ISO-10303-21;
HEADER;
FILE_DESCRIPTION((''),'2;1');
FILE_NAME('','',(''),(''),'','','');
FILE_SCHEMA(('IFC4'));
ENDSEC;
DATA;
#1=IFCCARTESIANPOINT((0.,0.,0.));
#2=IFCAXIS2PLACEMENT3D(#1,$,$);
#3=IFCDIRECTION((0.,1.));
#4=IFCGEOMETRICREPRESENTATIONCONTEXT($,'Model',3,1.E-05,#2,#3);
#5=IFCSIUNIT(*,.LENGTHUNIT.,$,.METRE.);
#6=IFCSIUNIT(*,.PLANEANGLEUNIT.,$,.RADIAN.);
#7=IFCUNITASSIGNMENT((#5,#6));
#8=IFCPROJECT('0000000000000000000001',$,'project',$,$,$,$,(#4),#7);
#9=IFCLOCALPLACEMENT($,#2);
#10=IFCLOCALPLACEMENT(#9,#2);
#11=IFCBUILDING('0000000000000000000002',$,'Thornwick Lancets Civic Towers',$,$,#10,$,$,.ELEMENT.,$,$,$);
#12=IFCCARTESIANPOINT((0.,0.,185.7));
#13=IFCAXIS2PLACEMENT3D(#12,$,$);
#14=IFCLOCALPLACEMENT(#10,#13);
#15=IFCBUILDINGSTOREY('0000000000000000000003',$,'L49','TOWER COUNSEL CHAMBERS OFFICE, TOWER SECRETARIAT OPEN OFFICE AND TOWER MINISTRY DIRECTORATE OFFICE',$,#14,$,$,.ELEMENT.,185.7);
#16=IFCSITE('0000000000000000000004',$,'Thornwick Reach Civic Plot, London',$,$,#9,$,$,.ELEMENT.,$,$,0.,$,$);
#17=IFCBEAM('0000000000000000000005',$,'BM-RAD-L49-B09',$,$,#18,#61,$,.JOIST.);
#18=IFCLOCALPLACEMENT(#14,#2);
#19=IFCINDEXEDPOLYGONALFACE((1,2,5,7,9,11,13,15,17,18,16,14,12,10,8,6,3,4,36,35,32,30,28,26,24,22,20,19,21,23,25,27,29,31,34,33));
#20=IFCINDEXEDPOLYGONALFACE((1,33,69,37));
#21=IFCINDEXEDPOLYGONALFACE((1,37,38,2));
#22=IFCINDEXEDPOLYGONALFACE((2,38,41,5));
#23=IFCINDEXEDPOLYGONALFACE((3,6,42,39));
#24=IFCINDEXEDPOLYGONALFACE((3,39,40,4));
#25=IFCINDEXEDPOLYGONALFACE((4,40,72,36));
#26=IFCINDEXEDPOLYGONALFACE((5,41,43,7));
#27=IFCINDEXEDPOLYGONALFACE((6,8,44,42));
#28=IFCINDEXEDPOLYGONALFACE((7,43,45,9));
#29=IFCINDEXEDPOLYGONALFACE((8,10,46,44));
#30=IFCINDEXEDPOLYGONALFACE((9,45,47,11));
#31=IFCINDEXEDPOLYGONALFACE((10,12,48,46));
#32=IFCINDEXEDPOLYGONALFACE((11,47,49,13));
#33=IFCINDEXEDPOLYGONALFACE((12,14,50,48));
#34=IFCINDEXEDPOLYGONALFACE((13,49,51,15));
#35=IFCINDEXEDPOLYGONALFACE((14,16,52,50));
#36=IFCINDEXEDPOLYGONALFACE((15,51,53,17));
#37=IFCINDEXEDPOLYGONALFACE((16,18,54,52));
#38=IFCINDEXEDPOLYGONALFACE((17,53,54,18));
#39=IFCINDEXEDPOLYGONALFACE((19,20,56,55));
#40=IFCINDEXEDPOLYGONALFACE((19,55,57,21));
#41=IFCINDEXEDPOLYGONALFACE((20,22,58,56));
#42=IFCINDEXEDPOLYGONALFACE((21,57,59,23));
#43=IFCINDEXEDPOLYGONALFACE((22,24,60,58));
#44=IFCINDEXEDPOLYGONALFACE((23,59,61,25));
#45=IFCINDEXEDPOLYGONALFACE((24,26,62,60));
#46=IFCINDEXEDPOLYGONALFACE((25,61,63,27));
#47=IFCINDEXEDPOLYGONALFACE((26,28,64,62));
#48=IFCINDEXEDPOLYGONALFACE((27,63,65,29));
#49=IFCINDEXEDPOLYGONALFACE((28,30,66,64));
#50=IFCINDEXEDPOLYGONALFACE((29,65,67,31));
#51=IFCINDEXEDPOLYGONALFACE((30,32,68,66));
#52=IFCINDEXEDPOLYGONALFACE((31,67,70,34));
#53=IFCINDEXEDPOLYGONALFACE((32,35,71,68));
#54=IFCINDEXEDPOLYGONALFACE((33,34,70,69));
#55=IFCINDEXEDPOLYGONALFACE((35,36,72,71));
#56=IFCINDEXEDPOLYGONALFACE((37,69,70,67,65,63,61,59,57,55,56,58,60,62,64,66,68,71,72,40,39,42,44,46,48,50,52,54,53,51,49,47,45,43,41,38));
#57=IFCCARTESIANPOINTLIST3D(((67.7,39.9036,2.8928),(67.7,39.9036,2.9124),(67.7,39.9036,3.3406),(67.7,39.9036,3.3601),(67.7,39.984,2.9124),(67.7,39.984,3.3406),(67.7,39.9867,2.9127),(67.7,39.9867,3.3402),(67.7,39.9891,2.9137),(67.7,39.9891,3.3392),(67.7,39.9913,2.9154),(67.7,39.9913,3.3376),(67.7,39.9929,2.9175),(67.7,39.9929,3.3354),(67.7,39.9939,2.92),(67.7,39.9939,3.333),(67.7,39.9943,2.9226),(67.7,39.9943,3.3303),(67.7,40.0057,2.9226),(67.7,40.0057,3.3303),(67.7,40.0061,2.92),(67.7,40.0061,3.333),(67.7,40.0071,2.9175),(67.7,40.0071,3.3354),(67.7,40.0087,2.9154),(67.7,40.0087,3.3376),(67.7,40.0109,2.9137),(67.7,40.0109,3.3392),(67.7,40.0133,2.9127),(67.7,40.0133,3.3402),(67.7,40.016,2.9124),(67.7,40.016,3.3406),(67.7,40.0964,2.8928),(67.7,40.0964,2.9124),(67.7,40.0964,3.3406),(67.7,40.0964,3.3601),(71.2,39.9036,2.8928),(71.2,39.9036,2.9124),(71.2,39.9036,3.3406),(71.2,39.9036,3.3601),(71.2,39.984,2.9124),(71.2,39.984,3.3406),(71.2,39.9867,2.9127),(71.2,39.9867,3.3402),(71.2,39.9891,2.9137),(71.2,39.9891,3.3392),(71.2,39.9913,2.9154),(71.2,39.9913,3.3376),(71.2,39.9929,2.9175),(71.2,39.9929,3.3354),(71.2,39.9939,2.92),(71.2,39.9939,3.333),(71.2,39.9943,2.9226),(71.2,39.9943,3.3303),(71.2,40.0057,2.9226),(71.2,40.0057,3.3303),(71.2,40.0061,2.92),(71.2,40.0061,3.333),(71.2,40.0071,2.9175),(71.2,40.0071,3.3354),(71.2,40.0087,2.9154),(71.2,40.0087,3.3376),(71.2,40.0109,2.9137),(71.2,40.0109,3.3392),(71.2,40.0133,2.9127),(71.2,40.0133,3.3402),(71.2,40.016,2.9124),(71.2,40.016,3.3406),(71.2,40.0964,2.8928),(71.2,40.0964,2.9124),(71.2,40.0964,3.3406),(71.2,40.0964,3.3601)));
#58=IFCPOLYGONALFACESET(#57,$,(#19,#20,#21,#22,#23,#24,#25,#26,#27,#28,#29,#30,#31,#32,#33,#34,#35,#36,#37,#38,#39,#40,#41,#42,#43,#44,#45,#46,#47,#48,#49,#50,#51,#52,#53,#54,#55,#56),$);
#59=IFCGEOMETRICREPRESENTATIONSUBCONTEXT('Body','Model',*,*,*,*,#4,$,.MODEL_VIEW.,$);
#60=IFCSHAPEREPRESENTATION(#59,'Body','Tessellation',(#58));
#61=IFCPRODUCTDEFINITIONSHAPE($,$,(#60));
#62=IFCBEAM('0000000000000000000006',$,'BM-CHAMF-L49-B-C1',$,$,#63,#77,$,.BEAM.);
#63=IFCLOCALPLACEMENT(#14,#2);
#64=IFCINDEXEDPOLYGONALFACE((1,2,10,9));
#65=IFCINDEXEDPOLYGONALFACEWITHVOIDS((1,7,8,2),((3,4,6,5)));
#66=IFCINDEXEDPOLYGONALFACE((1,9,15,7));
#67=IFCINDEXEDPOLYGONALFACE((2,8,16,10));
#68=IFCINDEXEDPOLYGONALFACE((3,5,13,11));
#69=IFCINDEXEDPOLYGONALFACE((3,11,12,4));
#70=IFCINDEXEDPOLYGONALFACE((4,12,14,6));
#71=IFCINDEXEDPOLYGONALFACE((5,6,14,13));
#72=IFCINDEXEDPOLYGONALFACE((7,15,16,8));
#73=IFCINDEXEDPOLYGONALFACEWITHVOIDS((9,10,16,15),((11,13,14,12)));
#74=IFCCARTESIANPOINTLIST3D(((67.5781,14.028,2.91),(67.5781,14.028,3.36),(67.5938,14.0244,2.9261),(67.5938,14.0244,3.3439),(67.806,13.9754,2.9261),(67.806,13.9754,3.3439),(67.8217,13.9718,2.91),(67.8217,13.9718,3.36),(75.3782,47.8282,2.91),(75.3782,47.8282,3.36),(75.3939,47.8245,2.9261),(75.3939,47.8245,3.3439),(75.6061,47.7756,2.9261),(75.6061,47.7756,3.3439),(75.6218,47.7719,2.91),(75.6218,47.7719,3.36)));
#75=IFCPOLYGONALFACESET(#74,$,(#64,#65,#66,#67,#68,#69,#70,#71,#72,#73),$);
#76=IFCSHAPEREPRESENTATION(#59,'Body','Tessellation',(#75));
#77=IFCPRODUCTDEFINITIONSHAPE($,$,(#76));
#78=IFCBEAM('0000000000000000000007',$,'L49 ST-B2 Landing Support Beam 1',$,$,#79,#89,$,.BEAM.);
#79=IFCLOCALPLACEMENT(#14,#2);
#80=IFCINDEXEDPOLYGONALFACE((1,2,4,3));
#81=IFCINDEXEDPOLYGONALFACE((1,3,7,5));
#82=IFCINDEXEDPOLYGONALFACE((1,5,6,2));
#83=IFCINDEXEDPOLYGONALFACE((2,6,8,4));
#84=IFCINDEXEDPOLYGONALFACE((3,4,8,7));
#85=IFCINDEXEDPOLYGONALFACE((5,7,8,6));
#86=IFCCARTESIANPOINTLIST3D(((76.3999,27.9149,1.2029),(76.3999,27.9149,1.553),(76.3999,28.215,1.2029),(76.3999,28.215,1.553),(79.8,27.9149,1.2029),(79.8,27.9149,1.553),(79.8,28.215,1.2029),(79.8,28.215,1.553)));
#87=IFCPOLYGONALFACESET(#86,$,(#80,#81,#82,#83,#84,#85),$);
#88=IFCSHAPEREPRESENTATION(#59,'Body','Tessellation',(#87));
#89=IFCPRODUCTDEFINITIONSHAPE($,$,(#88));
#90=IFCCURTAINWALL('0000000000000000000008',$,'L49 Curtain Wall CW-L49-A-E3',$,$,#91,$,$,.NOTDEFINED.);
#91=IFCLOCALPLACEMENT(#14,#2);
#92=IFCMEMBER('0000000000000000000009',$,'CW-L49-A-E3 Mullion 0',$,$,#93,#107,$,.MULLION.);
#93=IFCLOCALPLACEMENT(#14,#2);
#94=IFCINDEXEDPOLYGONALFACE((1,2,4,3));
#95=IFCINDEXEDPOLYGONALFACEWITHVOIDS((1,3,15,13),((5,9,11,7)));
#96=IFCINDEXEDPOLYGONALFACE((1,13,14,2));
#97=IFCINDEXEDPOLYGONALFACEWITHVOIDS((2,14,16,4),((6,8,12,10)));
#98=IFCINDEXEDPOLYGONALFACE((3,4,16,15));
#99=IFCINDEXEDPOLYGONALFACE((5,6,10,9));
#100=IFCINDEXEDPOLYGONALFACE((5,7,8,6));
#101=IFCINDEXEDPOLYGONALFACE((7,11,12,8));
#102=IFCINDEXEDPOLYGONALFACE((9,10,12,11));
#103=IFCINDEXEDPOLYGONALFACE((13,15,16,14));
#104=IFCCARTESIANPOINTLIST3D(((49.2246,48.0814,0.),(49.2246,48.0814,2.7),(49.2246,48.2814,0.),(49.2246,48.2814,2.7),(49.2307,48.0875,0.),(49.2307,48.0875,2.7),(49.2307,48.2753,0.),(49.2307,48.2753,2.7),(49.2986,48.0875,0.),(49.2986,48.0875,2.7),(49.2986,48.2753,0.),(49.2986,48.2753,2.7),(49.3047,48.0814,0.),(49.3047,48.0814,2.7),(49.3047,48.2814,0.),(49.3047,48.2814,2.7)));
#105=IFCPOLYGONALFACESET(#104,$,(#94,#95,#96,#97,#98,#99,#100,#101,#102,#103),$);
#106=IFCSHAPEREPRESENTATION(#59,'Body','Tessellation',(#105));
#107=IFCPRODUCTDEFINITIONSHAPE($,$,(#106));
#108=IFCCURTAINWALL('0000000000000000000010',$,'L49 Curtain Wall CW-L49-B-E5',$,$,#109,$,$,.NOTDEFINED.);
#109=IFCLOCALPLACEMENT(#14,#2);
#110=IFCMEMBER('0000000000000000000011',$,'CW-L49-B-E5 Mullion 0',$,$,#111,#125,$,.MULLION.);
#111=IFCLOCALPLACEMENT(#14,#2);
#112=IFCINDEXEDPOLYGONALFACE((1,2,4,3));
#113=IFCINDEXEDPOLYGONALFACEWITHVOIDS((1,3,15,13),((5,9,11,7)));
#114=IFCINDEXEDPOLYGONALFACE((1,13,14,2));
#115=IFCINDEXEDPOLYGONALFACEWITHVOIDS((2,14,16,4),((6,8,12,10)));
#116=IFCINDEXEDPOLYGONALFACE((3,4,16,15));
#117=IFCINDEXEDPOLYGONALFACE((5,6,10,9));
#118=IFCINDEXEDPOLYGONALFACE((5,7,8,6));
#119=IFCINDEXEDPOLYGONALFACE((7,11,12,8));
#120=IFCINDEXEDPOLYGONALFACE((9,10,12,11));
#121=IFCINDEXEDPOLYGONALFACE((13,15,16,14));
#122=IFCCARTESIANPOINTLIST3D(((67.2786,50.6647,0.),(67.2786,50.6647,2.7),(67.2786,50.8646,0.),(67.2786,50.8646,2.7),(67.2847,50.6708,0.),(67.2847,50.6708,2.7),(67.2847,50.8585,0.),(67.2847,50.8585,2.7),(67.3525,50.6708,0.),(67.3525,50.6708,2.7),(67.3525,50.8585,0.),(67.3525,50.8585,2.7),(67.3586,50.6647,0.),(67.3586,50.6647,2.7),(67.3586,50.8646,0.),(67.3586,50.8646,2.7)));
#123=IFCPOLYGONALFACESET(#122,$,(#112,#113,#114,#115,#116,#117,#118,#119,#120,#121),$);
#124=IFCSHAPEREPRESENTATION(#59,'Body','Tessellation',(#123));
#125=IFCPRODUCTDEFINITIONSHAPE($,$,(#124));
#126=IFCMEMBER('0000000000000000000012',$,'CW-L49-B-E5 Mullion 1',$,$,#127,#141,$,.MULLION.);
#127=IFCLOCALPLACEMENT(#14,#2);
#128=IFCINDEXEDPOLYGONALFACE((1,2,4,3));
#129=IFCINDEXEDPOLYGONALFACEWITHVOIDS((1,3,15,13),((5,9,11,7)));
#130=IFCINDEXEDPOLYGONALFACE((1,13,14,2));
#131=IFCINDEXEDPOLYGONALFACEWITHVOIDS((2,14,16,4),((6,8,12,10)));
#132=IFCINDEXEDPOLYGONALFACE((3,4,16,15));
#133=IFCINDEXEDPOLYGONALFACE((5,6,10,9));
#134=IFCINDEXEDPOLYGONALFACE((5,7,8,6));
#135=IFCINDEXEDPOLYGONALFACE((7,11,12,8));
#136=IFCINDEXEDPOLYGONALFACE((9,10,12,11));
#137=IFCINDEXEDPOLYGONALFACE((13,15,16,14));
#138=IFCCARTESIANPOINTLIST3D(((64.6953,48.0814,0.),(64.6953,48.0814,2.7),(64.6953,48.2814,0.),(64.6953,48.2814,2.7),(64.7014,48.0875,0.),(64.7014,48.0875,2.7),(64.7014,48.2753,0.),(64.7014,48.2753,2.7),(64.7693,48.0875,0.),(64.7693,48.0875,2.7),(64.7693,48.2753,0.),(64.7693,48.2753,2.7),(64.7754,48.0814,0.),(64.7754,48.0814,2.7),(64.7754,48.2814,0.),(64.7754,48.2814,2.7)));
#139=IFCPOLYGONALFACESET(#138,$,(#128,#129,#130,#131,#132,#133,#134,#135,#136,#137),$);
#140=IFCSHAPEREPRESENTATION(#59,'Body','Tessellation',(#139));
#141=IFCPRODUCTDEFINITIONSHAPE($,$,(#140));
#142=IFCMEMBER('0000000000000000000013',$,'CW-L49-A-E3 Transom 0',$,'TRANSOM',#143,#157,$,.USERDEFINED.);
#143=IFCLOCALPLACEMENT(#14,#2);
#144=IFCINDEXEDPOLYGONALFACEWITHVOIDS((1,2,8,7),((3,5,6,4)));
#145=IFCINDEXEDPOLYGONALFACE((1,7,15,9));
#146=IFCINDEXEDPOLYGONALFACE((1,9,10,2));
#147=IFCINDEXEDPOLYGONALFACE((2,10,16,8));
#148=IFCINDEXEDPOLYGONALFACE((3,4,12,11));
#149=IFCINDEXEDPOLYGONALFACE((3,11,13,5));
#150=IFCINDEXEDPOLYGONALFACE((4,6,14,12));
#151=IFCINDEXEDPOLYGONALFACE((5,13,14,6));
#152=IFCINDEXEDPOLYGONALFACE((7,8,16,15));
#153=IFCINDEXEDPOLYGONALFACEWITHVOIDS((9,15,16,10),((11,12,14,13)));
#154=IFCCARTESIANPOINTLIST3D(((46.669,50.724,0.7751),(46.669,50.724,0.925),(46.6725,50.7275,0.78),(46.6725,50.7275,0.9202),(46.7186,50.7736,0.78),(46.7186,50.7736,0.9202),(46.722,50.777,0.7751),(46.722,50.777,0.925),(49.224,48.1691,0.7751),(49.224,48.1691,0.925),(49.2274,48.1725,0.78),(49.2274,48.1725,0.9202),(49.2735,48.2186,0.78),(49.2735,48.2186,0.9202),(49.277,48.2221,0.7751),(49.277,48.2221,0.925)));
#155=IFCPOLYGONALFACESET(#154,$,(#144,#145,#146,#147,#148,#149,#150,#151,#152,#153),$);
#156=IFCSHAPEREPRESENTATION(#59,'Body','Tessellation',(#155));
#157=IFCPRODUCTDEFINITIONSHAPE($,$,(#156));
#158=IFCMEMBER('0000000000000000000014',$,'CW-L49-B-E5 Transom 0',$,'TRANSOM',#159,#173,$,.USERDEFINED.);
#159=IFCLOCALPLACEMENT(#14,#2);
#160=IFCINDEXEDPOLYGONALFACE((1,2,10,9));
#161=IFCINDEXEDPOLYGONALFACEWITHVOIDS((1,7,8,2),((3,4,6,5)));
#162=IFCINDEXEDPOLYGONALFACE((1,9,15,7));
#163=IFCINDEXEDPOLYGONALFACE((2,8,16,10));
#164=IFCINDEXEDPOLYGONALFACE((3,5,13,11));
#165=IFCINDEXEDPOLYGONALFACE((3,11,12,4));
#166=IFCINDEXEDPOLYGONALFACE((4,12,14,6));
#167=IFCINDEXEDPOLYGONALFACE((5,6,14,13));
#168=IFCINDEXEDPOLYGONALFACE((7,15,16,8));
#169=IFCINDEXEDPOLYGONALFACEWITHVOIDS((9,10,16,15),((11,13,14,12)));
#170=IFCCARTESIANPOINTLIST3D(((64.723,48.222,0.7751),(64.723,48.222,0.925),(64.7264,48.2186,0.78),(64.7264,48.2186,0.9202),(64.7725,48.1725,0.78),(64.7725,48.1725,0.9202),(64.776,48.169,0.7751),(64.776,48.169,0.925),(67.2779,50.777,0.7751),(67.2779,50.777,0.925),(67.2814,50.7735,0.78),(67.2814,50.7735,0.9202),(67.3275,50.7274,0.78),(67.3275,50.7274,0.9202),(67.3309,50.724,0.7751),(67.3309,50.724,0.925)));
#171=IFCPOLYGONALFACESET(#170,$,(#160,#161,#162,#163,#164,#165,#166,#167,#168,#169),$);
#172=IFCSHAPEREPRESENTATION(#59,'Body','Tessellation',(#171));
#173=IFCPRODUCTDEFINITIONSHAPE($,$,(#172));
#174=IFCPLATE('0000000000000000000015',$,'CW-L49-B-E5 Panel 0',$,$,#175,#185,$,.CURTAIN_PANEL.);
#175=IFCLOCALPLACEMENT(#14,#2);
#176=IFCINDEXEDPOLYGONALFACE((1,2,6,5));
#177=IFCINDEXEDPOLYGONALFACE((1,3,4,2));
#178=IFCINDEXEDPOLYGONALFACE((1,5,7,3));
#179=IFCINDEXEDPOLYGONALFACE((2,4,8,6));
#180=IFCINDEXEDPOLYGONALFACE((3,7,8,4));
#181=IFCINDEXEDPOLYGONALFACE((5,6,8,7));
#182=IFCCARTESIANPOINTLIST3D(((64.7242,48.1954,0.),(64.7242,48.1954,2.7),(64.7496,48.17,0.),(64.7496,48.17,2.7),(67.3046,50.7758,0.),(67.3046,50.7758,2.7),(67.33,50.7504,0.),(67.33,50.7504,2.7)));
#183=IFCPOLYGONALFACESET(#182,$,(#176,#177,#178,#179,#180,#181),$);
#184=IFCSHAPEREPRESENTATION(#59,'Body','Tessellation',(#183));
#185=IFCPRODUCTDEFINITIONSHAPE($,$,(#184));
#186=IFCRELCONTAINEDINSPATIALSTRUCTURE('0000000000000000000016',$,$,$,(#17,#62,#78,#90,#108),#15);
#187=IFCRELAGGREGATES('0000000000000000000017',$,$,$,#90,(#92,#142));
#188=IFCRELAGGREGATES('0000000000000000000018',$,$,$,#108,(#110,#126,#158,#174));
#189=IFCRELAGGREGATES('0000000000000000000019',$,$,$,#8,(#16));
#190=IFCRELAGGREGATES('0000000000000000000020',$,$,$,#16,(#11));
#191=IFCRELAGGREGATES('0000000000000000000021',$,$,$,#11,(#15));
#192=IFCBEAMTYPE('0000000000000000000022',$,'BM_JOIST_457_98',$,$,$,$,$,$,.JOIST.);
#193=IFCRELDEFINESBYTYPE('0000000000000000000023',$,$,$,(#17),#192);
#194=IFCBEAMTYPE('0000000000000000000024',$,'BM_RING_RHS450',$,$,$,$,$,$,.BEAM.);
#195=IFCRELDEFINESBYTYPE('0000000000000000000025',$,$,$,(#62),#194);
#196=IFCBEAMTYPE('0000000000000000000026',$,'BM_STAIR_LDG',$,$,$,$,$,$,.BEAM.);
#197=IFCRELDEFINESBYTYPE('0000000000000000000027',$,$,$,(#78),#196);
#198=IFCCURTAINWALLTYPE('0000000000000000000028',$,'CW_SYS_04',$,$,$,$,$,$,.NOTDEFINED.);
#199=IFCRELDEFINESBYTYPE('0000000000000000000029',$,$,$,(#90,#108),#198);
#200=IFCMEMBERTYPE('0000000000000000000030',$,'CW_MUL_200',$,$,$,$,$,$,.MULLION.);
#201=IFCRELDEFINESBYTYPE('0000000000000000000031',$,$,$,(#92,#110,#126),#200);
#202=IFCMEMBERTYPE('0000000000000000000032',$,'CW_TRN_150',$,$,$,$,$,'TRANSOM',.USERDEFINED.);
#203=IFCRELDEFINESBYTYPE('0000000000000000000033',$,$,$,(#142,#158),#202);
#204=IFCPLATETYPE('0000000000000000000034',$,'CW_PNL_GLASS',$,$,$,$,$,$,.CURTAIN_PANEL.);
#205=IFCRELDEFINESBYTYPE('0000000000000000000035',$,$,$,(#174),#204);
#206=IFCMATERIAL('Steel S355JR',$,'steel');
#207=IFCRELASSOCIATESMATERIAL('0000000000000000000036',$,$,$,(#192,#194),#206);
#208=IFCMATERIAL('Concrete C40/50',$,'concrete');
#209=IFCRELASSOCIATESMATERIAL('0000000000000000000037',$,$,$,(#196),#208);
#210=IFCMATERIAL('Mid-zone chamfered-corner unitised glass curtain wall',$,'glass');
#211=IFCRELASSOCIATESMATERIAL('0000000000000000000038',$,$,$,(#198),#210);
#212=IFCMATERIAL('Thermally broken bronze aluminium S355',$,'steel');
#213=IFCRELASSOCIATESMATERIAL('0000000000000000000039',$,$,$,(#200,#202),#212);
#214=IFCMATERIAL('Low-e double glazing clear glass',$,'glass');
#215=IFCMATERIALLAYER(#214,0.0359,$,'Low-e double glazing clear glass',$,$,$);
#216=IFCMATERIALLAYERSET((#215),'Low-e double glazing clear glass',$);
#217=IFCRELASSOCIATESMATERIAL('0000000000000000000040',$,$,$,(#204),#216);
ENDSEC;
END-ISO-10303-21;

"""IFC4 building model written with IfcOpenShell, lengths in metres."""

from ifc_helpers import new_model, si_unit, direction, frame, origin, origin_2d, place, context, subcontext, project, spatial, rectangle, hollow_rectangle, i_section, extrude, material, layer, layer_set, material_profile, profile_set, type_object, element, aggregate, save


model = new_model("IFC4")

# Units and contexts
model_context = context("Model", 3, precision=1e-05, world=origin(), true_north=direction((0.0, 1.0)))
body_context = subcontext(model_context, "Body", "Model", "MODEL_VIEW")
ifc_project = project(units=[si_unit("LENGTHUNIT", "METRE"), si_unit("PLANEANGLEUNIT", "RADIAN")], contexts=[model_context])

# Site, building, storey
site_placement = place(None, origin())
site = spatial("IfcSite", under=ifc_project, at=site_placement, Name="Thornwick Reach Civic Plot, London", CompositionType="ELEMENT", RefElevation=0.0)
building_placement = place(site_placement, origin())
building = spatial("IfcBuilding", under=site, at=building_placement, Name="Thornwick Lancets Civic Towers", CompositionType="ELEMENT")
storey_placement = place(building_placement, frame((0.0, 0.0, 185.7)))
storey = spatial("IfcBuildingStorey", under=building, at=storey_placement, Name="L49", Description="TOWER COUNSEL CHAMBERS OFFICE, TOWER SECRETARIAT OPEN OFFICE AND TOWER MINISTRY DIRECTORATE OFFICE", CompositionType="ELEMENT", Elevation=185.7)

# Beams
ifc_material_1 = material(Name="Steel S355JR", Category="steel")
ifc_material_profile_1 = material_profile(ifc_material_1, i_section(OverallWidth=0.1929, OverallDepth=0.4673, WebThickness=0.0115, FlangeThickness=0.0195, FilletRadius=0.0103, at=origin_2d()), Name="UKB 457x191x98")
ifc_profile_set_1 = profile_set([ifc_material_profile_1], Name="Steel S355JR")
beam_type_1 = type_object("IfcBeamType", Name="BM_JOIST_457_98", PredefinedType="JOIST", material=ifc_profile_set_1)
for number, where, z_axis, x_axis, name in (
    (1, (71.2, 40.0, 3.1265), (-1.0, 0.0, 0.0), (0.0, -1.0, 0.0), "BM-RAD-L49-B09"),
):
    element("IfcBeam", number, at=place(storey_placement, frame(where, z_axis=z_axis, x_axis=x_axis)), inside=storey, type_object=beam_type_1, Name=name, PredefinedType="JOIST", context=body_context, shape_type="SweptSolid", body=[
        extrude(i_section(OverallWidth=0.1929, OverallDepth=0.4673, WebThickness=0.0115, FlangeThickness=0.0195, FilletRadius=0.0103, at=origin_2d()), origin(), (0.0, 0.0, 1.0), 3.5),
    ])
ifc_material_profile_2 = material_profile(ifc_material_1, hollow_rectangle(XDim=0.25, YDim=0.45, WallThickness=0.0161, at=origin_2d()), Name="RHS 450x250x16")
ifc_profile_set_2 = profile_set([ifc_material_profile_2], Name="Steel S355JR")
beam_type_2 = type_object("IfcBeamType", Name="BM_RING_RHS450", PredefinedType="BEAM", material=ifc_profile_set_2)
beam_1_placement = place(storey_placement, frame((75.5, 47.8, 3.135), z_axis=(-0.224861, -0.974391, 0.0), x_axis=(0.974391, -0.224861, 0.0)))
element("IfcBeam", 2, at=beam_1_placement, inside=storey, type_object=beam_type_2, Name="BM-CHAMF-L49-B-C1", PredefinedType="BEAM", context=body_context, shape_type="SweptSolid", body=[
    extrude(hollow_rectangle(XDim=0.25, YDim=0.45, WallThickness=0.0161, at=origin_2d()), origin(), (0.0, 0.0, 1.0), 34.6885),
])
ifc_material_2 = material(Name="Concrete C40/50", Category="concrete")
ifc_material_profile_3 = material_profile(ifc_material_2, rectangle(XDim=0.3, YDim=0.3501, at=origin_2d()), Name="RC 300x350")
ifc_profile_set_3 = profile_set([ifc_material_profile_3], Name="Concrete C40/50")
beam_type_3 = type_object("IfcBeamType", Name="BM_STAIR_LDG", PredefinedType="BEAM", material=ifc_profile_set_3)
beam_2_placement = place(storey_placement, frame((76.3999, 28.0649, 1.3779), z_axis=(1.0, 0.0, 0.0), x_axis=(0.0, 1.0, 0.0)))
element("IfcBeam", 3, at=beam_2_placement, inside=storey, type_object=beam_type_3, Name="L49 ST-B2 Landing Support Beam 1", PredefinedType="BEAM", context=body_context, shape_type="SweptSolid", body=[
    extrude(rectangle(XDim=0.3, YDim=0.3501, at=origin_2d()), origin(), (0.0, 0.0, 1.0), 3.4001),
])

# Curtain wall, member
ifc_material_3 = material(Name="Mid-zone chamfered-corner unitised glass curtain wall", Category="glass")
curtain_wall_type = type_object("IfcCurtainWallType", Name="CW_SYS_04", PredefinedType="NOTDEFINED", material=ifc_material_3)
curtain_wall_1_placement = place(storey_placement, origin())
curtain_wall_1 = element("IfcCurtainWall", 4, at=curtain_wall_1_placement, inside=storey, type_object=curtain_wall_type, Name="L49 Curtain Wall CW-L49-A-E3", PredefinedType="NOTDEFINED")
ifc_material_4 = material(Name="Thermally broken bronze aluminium S355", Category="steel")
ifc_material_profile_4 = material_profile(ifc_material_4, hollow_rectangle(XDim=0.0801, YDim=0.2, WallThickness=0.0061, at=origin_2d()), Name="RHS 200x80x6")
ifc_profile_set_4 = profile_set([ifc_material_profile_4], Name="Thermally broken bronze aluminium S355")
member_type_1 = type_object("IfcMemberType", Name="CW_MUL_200", PredefinedType="MULLION", material=ifc_profile_set_4)
member_1_placement = place(storey_placement, frame((49.2646, 48.1814, 0.0), z_axis=(0.0, 0.0, 1.0), x_axis=(1.0, 0.0, 0.0)))
member_1 = element("IfcMember", 5, at=member_1_placement, type_object=member_type_1, Name="CW-L49-A-E3 Mullion 0", PredefinedType="MULLION", context=body_context, shape_type="SweptSolid", body=[
    extrude(hollow_rectangle(XDim=0.0801, YDim=0.2, WallThickness=0.0061, at=origin_2d()), origin(), (0.0, 0.0, 1.0), 2.7),
])

# Curtain wall, members
curtain_wall_2_placement = place(storey_placement, origin())
curtain_wall_2 = element("IfcCurtainWall", 6, at=curtain_wall_2_placement, inside=storey, type_object=curtain_wall_type, Name="L49 Curtain Wall CW-L49-B-E5", PredefinedType="NOTDEFINED")
member_2_placement = place(storey_placement, frame((67.3186, 50.7646, 0.0), z_axis=(0.0, 0.0, 1.0), x_axis=(1.0, 0.0, 0.0)))
member_2 = element("IfcMember", 7, at=member_2_placement, type_object=member_type_1, Name="CW-L49-B-E5 Mullion 0", PredefinedType="MULLION", context=body_context, shape_type="SweptSolid", body=[
    extrude(hollow_rectangle(XDim=0.0801, YDim=0.2, WallThickness=0.0061, at=origin_2d()), origin(), (0.0, 0.0, 1.0), 2.7),
])
member_3_placement = place(storey_placement, frame((64.7354, 48.1814, 0.0), z_axis=(0.0, 0.0, 1.0), x_axis=(1.0, 0.0, 0.0)))
member_3 = element("IfcMember", 8, at=member_3_placement, type_object=member_type_1, Name="CW-L49-B-E5 Mullion 1", PredefinedType="MULLION", context=body_context, shape_type="SweptSolid", body=[
    extrude(hollow_rectangle(XDim=0.0801, YDim=0.2, WallThickness=0.0061, at=origin_2d()), origin(), (0.0, 0.0, 1.0), 2.7),
])

# Members
ifc_material_profile_5 = material_profile(ifc_material_4, hollow_rectangle(XDim=0.075, YDim=0.1499, WallThickness=0.0049, at=origin_2d()), Name="RHS 150x75x5")
ifc_profile_set_5 = profile_set([ifc_material_profile_5], Name="Thermally broken bronze aluminium S355")
member_type_2 = type_object("IfcMemberType", Name="CW_TRN_150", ElementType="TRANSOM", PredefinedType="USERDEFINED", material=ifc_profile_set_5)
member_4_placement = place(storey_placement, frame((49.2505, 48.1956, 0.8501), z_axis=(-0.707107, 0.707107, 0.0), x_axis=(-0.707107, -0.707107, 0.0)))
member_4 = element("IfcMember", 9, at=member_4_placement, type_object=member_type_2, Name="CW-L49-A-E3 Transom 0", ObjectType="TRANSOM", PredefinedType="USERDEFINED", context=body_context, shape_type="SweptSolid", body=[
    extrude(hollow_rectangle(XDim=0.075, YDim=0.1499, WallThickness=0.0049, at=origin_2d()), origin(), (0.0, 0.0, 1.0), 3.6133),
])
aggregate(curtain_wall_1, [member_1, member_4])
member_5_placement = place(storey_placement, frame((67.3044, 50.7505, 0.8501), z_axis=(-0.707107, -0.707107, 0.0), x_axis=(0.707107, -0.707107, 0.0)))
member_5 = element("IfcMember", 10, at=member_5_placement, type_object=member_type_2, Name="CW-L49-B-E5 Transom 0", ObjectType="TRANSOM", PredefinedType="USERDEFINED", context=body_context, shape_type="SweptSolid", body=[
    extrude(hollow_rectangle(XDim=0.075, YDim=0.1499, WallThickness=0.0049, at=origin_2d()), origin(), (0.0, 0.0, 1.0), 3.6133),
])

# Plate
ifc_material_5 = material(Name="Low-e double glazing clear glass", Category="glass")
ifc_layer_1 = layer(ifc_material_5, 0.0359, Name="Low-e double glazing clear glass")
ifc_layer_set_1 = layer_set([ifc_layer_1], Name="Low-e double glazing clear glass")
plate_type = type_object("IfcPlateType", Name="CW_PNL_GLASS", PredefinedType="CURTAIN_PANEL", material=ifc_layer_set_1)
plate_placement = place(storey_placement, frame((66.0271, 49.4729, 0.0), z_axis=(0.0, 0.0, 1.0), x_axis=(-0.707107, -0.707107, 0.0)))
plate = element("IfcPlate", 11, at=plate_placement, type_object=plate_type, Name="CW-L49-B-E5 Panel 0", PredefinedType="CURTAIN_PANEL", context=body_context, shape_type="SweptSolid", body=[
    extrude(rectangle(XDim=3.6492, YDim=0.0359, at=origin_2d()), origin(), (0.0, 0.0, 1.0), 2.7),
])
aggregate(curtain_wall_2, [member_2, member_3, member_5, plate])

save(model, "model.ifc")
